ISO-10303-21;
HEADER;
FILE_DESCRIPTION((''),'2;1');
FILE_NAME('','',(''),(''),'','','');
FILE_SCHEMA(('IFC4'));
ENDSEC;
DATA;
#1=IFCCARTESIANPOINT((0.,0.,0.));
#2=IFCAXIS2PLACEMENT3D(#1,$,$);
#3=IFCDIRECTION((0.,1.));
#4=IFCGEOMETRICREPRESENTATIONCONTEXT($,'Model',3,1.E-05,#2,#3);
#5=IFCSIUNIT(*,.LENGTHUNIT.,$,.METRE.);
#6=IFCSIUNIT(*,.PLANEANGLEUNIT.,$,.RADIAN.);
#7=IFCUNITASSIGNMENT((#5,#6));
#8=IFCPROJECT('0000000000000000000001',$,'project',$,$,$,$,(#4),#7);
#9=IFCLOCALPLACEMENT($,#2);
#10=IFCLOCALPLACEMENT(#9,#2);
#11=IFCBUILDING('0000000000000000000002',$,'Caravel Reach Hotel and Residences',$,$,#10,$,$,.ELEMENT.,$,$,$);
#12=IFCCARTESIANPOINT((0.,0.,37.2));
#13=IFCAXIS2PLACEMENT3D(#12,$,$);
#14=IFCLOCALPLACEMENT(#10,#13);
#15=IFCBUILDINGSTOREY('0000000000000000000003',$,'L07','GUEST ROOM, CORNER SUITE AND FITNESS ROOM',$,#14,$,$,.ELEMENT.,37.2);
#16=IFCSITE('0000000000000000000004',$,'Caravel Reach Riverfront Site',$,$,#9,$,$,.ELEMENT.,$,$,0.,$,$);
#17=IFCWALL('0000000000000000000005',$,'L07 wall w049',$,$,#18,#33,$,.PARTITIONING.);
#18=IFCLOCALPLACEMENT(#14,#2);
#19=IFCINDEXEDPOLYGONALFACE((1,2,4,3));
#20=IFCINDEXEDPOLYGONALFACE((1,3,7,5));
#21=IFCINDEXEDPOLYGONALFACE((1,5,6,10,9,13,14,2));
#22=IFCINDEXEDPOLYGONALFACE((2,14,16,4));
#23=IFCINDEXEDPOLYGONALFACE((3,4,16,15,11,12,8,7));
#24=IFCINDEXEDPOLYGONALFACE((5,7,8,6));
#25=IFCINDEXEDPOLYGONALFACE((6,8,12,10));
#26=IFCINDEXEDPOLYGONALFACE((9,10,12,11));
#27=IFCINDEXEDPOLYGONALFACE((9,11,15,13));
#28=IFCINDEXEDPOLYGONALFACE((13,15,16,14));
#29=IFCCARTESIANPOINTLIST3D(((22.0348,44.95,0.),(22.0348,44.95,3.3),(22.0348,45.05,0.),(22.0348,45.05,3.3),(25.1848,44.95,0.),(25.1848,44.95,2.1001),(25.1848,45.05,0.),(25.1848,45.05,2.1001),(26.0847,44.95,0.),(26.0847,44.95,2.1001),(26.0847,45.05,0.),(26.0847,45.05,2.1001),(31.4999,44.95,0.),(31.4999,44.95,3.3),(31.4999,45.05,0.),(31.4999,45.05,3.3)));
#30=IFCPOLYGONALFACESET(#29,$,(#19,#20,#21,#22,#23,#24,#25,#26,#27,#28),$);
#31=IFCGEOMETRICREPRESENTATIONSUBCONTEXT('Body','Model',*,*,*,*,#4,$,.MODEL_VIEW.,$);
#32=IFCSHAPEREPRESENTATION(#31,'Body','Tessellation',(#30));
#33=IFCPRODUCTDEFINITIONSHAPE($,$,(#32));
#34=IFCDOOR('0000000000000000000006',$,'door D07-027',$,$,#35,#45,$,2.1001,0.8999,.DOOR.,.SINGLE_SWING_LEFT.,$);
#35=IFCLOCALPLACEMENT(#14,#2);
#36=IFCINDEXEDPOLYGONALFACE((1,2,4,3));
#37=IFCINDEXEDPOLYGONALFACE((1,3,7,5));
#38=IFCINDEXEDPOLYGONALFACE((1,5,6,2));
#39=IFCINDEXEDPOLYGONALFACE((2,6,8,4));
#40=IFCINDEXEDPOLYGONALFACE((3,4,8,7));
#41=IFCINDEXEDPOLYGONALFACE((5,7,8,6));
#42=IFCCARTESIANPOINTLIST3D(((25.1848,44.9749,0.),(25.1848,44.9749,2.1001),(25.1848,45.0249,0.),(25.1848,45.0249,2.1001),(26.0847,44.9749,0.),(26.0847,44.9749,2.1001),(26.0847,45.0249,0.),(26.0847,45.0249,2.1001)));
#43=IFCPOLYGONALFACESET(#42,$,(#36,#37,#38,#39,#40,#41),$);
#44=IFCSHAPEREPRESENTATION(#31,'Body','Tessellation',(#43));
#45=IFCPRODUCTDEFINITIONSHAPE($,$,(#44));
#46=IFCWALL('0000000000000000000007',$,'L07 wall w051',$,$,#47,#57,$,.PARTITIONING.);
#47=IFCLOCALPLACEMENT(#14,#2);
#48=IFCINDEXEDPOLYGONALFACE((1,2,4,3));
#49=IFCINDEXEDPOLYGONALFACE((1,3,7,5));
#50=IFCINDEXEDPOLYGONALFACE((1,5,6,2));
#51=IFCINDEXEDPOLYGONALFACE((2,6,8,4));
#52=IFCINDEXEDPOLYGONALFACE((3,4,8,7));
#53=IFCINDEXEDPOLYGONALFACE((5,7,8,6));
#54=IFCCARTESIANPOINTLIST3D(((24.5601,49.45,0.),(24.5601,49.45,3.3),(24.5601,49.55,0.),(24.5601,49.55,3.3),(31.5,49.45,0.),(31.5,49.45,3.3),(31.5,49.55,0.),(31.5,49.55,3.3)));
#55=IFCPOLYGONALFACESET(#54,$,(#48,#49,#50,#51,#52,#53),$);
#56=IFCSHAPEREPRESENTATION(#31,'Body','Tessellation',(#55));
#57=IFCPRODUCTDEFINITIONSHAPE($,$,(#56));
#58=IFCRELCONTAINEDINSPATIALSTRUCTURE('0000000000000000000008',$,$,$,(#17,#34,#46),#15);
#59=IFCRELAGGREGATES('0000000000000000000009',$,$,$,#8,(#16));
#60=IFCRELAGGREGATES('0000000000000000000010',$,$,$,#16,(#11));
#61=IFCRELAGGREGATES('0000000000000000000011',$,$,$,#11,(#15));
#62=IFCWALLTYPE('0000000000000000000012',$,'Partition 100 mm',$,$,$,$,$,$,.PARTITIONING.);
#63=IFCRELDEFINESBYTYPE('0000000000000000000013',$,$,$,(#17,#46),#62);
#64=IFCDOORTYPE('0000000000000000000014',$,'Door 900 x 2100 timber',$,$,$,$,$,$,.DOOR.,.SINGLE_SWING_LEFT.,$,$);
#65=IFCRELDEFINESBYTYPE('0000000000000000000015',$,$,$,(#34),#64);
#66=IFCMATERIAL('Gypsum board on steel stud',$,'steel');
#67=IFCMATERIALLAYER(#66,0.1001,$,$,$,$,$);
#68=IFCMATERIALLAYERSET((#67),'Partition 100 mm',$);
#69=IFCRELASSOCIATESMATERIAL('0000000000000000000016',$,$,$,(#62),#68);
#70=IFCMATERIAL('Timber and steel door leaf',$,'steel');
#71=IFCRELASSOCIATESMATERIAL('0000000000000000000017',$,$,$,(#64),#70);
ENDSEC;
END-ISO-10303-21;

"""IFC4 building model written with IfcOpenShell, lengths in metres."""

from ifc_helpers import new_model, si_unit, direction, frame, frame_2d, origin, place, context, subcontext, project, spatial, rectangle, extrude, material, layer, layer_set, type_object, element, fill, save


model = new_model("IFC4")

# Units and contexts
model_context = context("Model", 3, precision=1e-05, world=origin(), true_north=direction((0.0, 1.0)))
body_context = subcontext(model_context, "Body", "Model", "MODEL_VIEW")
ifc_project = project(units=[si_unit("LENGTHUNIT", "METRE"), si_unit("PLANEANGLEUNIT", "RADIAN")], contexts=[model_context])

# Site, building, storey
site_placement = place(None, origin())
site = spatial("IfcSite", under=ifc_project, at=site_placement, Name="Caravel Reach Riverfront Site", CompositionType="ELEMENT", RefElevation=0.0)
building_placement = place(site_placement, origin())
building = spatial("IfcBuilding", under=site, at=building_placement, Name="Caravel Reach Hotel and Residences", CompositionType="ELEMENT")
storey_placement = place(building_placement, frame((0.0, 0.0, 37.2)))
storey = spatial("IfcBuildingStorey", under=building, at=storey_placement, Name="L07", Description="GUEST ROOM, CORNER SUITE AND FITNESS ROOM", CompositionType="ELEMENT", Elevation=37.2)

# Wall, opening, door
ifc_material_1 = material(Name="Gypsum board on steel stud", Category="steel")
ifc_layer_1 = layer(ifc_material_1, 0.1001)
ifc_layer_set_1 = layer_set([ifc_layer_1], Name="Partition 100 mm")
wall_type_1 = type_object("IfcWallType", Name="Partition 100 mm", PredefinedType="PARTITIONING", material=ifc_layer_set_1)
wall_1_placement = place(storey_placement, frame((22.0349, 45.0, 0.0), z_axis=(0.0, 0.0, 1.0), x_axis=(1.0, 0.0, 0.0)))
wall_1 = element("IfcWall", 1, at=wall_1_placement, inside=storey, type_object=wall_type_1, Name="L07 wall w049", PredefinedType="PARTITIONING", context=body_context, shape_type="SweptSolid", body=[
    extrude(rectangle(XDim=9.4651, YDim=0.1001, at=frame_2d((4.7324, 0.0))), origin(), (0.0, 0.0, 1.0), 3.3),
])
opening_1_placement = place(wall_1_placement, frame((3.1499, 0.0, 0.0)))
opening_1 = element("IfcOpeningElement", 2, at=opening_1_placement, cuts=wall_1, PredefinedType="OPENING", context=body_context, shape_type="SweptSolid", body=[
    extrude(rectangle(XDim=0.8999, YDim=2.1001, at=frame_2d((0.45, 1.05))), frame((0.0, 0.0601, 0.0), z_axis=(0.0, -1.0, 0.0), x_axis=(1.0, 0.0, 0.0)), (0.0, 0.0, 1.0), 0.1201),
])
ifc_material_2 = material(Name="Timber and steel door leaf", Category="steel")
door_type_1 = type_object("IfcDoorType", Name="Door 900 x 2100 timber", OperationType="SINGLE_SWING_LEFT", PredefinedType="DOOR", material=ifc_material_2)
door_1_placement = place(opening_1_placement, origin())
door_1 = element("IfcDoor", 3, at=door_1_placement, inside=storey, type_object=door_type_1, Name="door D07-027", OperationType="SINGLE_SWING_LEFT", OverallHeight=2.1001, OverallWidth=0.8999, PredefinedType="DOOR", context=body_context, shape_type="SweptSolid", body=[
    extrude(rectangle(XDim=0.8999, YDim=2.1001, at=frame_2d((0.45, 1.05))), frame((0.0, 0.0249, 0.0), z_axis=(0.0, -1.0, 0.0), x_axis=(1.0, 0.0, 0.0)), (0.0, 0.0, 1.0), 0.05),
])
fill(opening_1, door_1)

# Wall
wall_2_placement = place(storey_placement, frame((24.5601, 49.5, 0.0), z_axis=(0.0, 0.0, 1.0), x_axis=(1.0, 0.0, 0.0)))
element("IfcWall", 4, at=wall_2_placement, inside=storey, type_object=wall_type_1, Name="L07 wall w051", PredefinedType="PARTITIONING", context=body_context, shape_type="SweptSolid", body=[
    extrude(rectangle(XDim=6.9399, YDim=0.1001, at=frame_2d((3.47, 0.0))), origin(), (0.0, 0.0, 1.0), 3.3),
])

save(model, "model.ifc")
